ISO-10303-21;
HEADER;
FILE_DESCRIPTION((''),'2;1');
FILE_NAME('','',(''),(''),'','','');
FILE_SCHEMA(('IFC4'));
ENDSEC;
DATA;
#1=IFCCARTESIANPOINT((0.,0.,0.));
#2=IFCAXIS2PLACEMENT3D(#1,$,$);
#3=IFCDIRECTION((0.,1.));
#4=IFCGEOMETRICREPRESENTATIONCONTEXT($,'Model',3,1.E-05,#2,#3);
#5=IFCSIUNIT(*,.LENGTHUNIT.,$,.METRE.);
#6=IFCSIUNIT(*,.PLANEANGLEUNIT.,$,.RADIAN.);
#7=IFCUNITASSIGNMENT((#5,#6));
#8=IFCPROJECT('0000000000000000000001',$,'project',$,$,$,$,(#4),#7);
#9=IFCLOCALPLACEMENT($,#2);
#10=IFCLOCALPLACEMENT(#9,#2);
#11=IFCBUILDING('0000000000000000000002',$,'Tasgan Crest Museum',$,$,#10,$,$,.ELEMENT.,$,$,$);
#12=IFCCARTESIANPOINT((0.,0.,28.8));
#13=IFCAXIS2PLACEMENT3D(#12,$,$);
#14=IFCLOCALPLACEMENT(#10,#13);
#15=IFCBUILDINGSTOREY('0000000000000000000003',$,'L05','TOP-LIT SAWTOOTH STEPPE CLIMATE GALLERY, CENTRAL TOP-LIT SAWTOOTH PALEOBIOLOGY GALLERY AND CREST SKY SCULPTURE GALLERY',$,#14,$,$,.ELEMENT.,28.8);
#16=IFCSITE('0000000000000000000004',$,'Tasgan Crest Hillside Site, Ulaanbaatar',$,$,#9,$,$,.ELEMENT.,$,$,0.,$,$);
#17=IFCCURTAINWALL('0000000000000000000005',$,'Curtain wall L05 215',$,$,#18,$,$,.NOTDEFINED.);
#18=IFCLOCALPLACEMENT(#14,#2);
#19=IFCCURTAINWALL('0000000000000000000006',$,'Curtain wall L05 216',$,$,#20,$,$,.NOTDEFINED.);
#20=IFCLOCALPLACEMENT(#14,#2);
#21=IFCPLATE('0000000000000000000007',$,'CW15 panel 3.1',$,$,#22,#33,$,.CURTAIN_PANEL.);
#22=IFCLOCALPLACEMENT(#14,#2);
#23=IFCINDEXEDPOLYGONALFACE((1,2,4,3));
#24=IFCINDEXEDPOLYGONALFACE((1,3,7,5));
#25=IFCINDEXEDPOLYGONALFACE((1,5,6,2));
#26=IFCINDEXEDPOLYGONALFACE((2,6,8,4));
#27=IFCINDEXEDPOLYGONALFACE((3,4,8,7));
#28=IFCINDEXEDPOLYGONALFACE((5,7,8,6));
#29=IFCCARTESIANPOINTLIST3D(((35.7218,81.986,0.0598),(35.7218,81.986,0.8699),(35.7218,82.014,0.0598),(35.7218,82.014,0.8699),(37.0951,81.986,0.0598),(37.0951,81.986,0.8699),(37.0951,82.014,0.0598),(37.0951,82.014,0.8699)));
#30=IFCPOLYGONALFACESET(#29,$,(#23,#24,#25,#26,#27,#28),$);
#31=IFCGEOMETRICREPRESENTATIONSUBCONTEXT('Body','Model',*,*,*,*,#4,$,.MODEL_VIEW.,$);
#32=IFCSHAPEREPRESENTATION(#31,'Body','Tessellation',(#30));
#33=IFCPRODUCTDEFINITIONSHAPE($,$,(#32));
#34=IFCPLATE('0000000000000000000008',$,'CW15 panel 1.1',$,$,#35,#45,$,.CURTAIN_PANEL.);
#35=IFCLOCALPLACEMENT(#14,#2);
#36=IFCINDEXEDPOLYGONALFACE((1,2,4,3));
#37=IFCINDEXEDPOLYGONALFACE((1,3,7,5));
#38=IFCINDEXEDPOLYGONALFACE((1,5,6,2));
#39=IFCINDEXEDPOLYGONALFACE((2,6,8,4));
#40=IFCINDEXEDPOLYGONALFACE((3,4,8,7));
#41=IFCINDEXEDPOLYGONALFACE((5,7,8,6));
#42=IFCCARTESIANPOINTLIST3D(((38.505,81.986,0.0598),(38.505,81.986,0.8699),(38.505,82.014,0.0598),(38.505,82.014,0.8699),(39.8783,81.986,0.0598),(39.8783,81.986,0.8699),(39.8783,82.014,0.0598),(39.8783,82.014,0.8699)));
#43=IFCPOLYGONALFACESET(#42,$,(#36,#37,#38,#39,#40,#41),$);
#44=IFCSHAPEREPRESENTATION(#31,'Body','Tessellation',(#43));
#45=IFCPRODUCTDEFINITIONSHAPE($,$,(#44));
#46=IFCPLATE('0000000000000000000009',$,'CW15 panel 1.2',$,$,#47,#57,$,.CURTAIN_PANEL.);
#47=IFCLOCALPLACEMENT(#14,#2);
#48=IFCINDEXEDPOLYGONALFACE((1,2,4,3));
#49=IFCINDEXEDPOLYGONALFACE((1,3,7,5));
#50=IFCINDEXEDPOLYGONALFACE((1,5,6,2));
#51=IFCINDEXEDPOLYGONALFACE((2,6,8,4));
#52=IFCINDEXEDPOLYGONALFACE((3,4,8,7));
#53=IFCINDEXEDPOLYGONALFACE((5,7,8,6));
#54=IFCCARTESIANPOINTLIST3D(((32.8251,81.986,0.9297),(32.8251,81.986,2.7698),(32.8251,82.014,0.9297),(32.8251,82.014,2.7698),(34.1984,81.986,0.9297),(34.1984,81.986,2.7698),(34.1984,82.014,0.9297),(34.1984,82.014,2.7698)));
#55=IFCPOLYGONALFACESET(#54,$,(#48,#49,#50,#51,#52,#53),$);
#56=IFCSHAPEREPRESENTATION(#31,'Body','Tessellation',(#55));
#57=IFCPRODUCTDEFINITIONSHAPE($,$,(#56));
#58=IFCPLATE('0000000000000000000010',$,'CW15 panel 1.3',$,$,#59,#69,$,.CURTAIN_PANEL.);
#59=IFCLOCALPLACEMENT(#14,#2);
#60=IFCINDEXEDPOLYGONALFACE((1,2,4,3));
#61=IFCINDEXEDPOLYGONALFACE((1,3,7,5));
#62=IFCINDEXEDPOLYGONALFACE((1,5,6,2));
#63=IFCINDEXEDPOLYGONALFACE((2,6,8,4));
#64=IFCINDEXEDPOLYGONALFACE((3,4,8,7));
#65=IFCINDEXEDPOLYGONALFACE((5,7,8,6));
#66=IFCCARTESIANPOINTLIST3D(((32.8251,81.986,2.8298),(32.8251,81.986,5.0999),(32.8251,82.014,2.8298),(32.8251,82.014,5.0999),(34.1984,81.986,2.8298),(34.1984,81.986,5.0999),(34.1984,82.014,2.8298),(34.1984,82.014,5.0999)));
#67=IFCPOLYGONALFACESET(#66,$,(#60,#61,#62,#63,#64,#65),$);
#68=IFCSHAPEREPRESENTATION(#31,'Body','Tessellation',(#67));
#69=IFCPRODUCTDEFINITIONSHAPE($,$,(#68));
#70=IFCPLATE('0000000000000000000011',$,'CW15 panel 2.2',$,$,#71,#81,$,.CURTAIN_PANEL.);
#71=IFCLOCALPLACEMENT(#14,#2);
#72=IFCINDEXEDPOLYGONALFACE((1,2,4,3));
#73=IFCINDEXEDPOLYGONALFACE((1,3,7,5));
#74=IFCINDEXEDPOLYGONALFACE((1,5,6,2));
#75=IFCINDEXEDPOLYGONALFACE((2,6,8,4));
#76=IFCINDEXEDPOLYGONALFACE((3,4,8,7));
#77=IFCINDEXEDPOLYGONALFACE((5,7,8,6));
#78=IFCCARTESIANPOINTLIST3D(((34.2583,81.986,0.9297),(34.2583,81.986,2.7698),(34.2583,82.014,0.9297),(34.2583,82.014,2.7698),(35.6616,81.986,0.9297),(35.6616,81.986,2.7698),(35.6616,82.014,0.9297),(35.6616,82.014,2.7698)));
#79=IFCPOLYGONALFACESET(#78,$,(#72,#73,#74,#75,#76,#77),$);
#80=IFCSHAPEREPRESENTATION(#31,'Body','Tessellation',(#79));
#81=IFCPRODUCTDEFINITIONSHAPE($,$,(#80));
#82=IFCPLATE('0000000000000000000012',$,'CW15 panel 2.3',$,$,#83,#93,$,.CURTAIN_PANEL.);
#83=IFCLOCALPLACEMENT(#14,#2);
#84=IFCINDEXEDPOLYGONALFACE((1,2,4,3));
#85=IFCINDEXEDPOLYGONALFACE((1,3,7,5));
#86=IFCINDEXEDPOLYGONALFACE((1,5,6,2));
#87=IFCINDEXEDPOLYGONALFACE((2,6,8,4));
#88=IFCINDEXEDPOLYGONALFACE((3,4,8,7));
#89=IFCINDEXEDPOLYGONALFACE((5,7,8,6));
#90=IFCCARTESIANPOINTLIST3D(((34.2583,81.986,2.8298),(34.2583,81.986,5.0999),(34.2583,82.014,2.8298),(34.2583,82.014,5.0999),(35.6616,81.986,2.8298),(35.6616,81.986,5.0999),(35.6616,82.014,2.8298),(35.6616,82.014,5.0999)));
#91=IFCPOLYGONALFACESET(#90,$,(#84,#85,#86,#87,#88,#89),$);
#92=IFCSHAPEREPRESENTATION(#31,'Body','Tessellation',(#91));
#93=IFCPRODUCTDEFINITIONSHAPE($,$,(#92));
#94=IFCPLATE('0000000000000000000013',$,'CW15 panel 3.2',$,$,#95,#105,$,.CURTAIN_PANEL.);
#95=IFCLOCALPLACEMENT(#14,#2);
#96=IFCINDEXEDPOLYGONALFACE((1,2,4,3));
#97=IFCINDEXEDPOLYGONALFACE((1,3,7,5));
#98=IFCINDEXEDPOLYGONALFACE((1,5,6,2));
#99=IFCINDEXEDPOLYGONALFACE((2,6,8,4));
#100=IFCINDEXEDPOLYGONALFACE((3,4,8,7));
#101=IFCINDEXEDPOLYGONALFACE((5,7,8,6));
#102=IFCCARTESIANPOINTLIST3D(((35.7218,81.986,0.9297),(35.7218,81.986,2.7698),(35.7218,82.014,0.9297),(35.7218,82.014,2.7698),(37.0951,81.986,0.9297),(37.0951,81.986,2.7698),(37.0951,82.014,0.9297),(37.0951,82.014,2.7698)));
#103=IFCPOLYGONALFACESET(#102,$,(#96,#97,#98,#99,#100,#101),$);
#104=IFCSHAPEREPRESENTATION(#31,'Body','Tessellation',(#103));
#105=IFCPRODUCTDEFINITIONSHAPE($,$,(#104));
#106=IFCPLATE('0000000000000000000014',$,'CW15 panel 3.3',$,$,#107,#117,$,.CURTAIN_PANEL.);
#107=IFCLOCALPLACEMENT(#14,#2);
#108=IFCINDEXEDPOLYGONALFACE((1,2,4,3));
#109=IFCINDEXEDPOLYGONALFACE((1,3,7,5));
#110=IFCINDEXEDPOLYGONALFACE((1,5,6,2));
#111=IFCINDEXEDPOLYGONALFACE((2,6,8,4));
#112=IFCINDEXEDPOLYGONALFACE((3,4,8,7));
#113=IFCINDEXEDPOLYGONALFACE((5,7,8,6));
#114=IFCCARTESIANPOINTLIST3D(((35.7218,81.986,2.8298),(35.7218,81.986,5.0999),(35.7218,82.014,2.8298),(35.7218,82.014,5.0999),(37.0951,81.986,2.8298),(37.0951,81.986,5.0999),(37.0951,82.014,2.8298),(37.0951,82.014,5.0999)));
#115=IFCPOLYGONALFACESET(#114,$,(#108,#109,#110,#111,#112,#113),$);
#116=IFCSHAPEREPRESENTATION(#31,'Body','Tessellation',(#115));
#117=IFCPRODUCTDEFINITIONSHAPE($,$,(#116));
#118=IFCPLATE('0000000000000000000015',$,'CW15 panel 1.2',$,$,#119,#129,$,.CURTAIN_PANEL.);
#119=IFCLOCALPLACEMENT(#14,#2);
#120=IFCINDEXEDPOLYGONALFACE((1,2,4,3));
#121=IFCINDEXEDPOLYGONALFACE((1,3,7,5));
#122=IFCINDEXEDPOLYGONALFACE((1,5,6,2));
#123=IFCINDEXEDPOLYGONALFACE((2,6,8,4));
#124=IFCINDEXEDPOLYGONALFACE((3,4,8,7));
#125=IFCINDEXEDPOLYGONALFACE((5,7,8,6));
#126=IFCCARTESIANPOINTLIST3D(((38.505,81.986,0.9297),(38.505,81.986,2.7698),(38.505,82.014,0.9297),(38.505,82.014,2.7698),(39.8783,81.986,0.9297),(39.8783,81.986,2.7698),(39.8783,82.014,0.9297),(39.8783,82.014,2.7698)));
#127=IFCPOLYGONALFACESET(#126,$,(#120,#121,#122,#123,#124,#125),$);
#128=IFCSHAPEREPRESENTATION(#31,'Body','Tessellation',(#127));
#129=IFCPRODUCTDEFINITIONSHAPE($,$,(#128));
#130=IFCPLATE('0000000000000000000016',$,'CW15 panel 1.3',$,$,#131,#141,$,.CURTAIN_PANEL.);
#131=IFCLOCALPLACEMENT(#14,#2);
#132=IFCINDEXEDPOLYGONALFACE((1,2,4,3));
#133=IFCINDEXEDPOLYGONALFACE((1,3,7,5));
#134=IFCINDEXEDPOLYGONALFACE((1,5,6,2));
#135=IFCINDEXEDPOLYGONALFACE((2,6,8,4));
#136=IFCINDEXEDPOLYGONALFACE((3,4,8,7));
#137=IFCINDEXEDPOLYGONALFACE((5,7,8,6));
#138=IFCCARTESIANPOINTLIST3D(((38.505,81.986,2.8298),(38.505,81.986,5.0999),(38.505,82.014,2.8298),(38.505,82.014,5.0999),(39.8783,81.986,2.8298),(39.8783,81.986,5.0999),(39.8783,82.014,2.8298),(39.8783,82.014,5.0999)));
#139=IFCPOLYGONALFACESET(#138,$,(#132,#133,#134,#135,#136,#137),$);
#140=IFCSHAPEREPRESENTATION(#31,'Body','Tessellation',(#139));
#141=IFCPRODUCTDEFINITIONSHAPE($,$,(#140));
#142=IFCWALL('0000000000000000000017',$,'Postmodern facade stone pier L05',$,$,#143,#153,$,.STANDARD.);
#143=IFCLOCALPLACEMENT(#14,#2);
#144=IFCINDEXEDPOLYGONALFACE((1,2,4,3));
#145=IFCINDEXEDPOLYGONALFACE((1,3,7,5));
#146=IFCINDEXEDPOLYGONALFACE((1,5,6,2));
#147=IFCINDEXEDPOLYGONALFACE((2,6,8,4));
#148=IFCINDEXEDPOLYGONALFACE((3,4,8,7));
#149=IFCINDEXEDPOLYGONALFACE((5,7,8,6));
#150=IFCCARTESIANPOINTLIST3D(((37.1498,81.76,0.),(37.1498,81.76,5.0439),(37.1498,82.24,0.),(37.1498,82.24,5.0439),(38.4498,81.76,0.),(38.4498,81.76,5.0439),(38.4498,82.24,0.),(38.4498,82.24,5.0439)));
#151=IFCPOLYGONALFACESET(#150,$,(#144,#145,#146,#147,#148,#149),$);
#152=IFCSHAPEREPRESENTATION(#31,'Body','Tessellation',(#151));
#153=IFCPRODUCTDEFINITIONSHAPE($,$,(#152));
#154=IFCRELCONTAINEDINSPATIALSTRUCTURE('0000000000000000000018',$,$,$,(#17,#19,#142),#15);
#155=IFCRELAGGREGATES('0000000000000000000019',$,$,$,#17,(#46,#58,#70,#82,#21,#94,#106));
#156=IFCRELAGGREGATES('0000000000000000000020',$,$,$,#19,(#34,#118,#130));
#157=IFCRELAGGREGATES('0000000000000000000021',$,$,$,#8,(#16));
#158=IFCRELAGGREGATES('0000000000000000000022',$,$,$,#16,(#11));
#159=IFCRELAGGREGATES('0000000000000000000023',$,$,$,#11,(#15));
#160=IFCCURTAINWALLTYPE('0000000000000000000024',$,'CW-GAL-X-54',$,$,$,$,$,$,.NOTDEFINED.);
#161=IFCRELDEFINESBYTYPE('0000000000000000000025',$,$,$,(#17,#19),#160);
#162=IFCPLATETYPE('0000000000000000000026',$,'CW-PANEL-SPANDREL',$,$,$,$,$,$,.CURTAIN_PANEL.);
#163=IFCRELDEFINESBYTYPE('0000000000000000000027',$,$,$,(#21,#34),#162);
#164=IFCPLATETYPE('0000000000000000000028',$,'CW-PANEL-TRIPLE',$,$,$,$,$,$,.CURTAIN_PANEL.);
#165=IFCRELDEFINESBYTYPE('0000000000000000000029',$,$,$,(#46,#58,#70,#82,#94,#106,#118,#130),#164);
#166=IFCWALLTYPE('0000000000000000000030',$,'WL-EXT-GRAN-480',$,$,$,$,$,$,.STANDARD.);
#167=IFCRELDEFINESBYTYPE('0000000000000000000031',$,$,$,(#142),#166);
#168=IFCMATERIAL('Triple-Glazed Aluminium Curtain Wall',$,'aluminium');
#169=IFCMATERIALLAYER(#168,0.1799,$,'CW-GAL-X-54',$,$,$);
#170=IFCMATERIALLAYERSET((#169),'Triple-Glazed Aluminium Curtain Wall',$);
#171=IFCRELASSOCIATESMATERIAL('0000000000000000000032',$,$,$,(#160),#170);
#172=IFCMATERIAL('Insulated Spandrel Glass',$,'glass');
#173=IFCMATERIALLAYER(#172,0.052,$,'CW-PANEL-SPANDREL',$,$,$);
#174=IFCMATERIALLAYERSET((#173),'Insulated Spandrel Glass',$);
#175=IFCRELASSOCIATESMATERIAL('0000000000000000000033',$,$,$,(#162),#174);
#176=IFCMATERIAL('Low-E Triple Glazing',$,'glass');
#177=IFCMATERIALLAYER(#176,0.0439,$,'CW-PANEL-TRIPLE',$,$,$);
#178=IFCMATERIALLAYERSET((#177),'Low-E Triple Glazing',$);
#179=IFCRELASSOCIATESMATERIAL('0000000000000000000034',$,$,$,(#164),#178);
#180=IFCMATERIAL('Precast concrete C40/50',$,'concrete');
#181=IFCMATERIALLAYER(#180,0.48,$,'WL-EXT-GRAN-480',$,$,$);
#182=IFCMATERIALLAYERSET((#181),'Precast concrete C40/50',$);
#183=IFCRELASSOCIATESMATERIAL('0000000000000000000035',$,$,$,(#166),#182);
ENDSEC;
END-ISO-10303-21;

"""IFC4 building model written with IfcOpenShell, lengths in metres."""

from ifc_helpers import new_model, si_unit, direction, frame, frame_2d, origin, origin_2d, place, context, subcontext, project, spatial, rectangle, extrude, material, layer, layer_set, type_object, element, aggregate, save


model = new_model("IFC4")

# Units and contexts
model_context = context("Model", 3, precision=1e-05, world=origin(), true_north=direction((0.0, 1.0)))
body_context = subcontext(model_context, "Body", "Model", "MODEL_VIEW")
ifc_project = project(units=[si_unit("LENGTHUNIT", "METRE"), si_unit("PLANEANGLEUNIT", "RADIAN")], contexts=[model_context])

# Site, building, storey
site_placement = place(None, origin())
site = spatial("IfcSite", under=ifc_project, at=site_placement, Name="Tasgan Crest Hillside Site, Ulaanbaatar", CompositionType="ELEMENT", RefElevation=0.0)
building_placement = place(site_placement, origin())
building = spatial("IfcBuilding", under=site, at=building_placement, Name="Tasgan Crest Museum", CompositionType="ELEMENT")
storey_placement = place(building_placement, frame((0.0, 0.0, 28.8)))
storey = spatial("IfcBuildingStorey", under=building, at=storey_placement, Name="L05", Description="TOP-LIT SAWTOOTH STEPPE CLIMATE GALLERY, CENTRAL TOP-LIT SAWTOOTH PALEOBIOLOGY GALLERY AND CREST SKY SCULPTURE GALLERY", CompositionType="ELEMENT", Elevation=28.8)

# Curtain walls
ifc_material_1 = material(Name="Triple-Glazed Aluminium Curtain Wall", Category="aluminium")
ifc_layer_1 = layer(ifc_material_1, 0.1799, Name="CW-GAL-X-54")
ifc_layer_set_1 = layer_set([ifc_layer_1], Name="Triple-Glazed Aluminium Curtain Wall")
curtain_wall_type = type_object("IfcCurtainWallType", Name="CW-GAL-X-54", PredefinedType="NOTDEFINED", material=ifc_layer_set_1)
curtain_wall_1_placement = place(storey_placement, origin())
curtain_wall_1 = element("IfcCurtainWall", 1, at=curtain_wall_1_placement, inside=storey, type_object=curtain_wall_type, Name="Curtain wall L05 215", PredefinedType="NOTDEFINED")
curtain_wall_2_placement = place(storey_placement, origin())
curtain_wall_2 = element("IfcCurtainWall", 2, at=curtain_wall_2_placement, inside=storey, type_object=curtain_wall_type, Name="Curtain wall L05 216", PredefinedType="NOTDEFINED")

# Plates
ifc_material_2 = material(Name="Insulated Spandrel Glass", Category="glass")
ifc_layer_2 = layer(ifc_material_2, 0.052, Name="CW-PANEL-SPANDREL")
ifc_layer_set_2 = layer_set([ifc_layer_2], Name="Insulated Spandrel Glass")
plate_type_1 = type_object("IfcPlateType", Name="CW-PANEL-SPANDREL", PredefinedType="CURTAIN_PANEL", material=ifc_layer_set_2)
plate_1_placement = place(storey_placement, frame((36.4084, 82.0, 0.0598), z_axis=(0.0, 0.0, 1.0), x_axis=(1.0, 0.0, 0.0)))
plate_1 = element("IfcPlate", 3, at=plate_1_placement, type_object=plate_type_1, Name="CW15 panel 3.1", PredefinedType="CURTAIN_PANEL", context=body_context, shape_type="SweptSolid", body=[
    extrude(rectangle(XDim=1.3733, YDim=0.0281, at=origin_2d()), origin(), (0.0, 0.0, 1.0), 0.8101),
])
plate_2_placement = place(storey_placement, frame((39.1917, 82.0, 0.0598), z_axis=(0.0, 0.0, 1.0), x_axis=(1.0, 0.0, 0.0)))
plate_2 = element("IfcPlate", 4, at=plate_2_placement, type_object=plate_type_1, Name="CW15 panel 1.1", PredefinedType="CURTAIN_PANEL", context=body_context, shape_type="SweptSolid", body=[
    extrude(rectangle(XDim=1.3733, YDim=0.0281, at=origin_2d()), origin(), (0.0, 0.0, 1.0), 0.8101),
])
ifc_material_3 = material(Name="Low-E Triple Glazing", Category="glass")
ifc_layer_3 = layer(ifc_material_3, 0.0439, Name="CW-PANEL-TRIPLE")
ifc_layer_set_3 = layer_set([ifc_layer_3], Name="Low-E Triple Glazing")
plate_type_2 = type_object("IfcPlateType", Name="CW-PANEL-TRIPLE", PredefinedType="CURTAIN_PANEL", material=ifc_layer_set_3)
plate_3_placement = place(storey_placement, frame((33.5117, 82.0, 0.9297), z_axis=(0.0, 0.0, 1.0), x_axis=(1.0, 0.0, 0.0)))
plate_3 = element("IfcPlate", 5, at=plate_3_placement, type_object=plate_type_2, Name="CW15 panel 1.2", PredefinedType="CURTAIN_PANEL", context=body_context, shape_type="SweptSolid", body=[
    extrude(rectangle(XDim=1.3733, YDim=0.0281, at=origin_2d()), origin(), (0.0, 0.0, 1.0), 1.8401),
])
plate_4_placement = place(storey_placement, frame((33.5117, 82.0, 2.8298), z_axis=(0.0, 0.0, 1.0), x_axis=(1.0, 0.0, 0.0)))
plate_4 = element("IfcPlate", 6, at=plate_4_placement, type_object=plate_type_2, Name="CW15 panel 1.3", PredefinedType="CURTAIN_PANEL", context=body_context, shape_type="SweptSolid", body=[
    extrude(rectangle(XDim=1.3733, YDim=0.0281, at=origin_2d()), origin(), (0.0, 0.0, 1.0), 2.27),
])
plate_5_placement = place(storey_placement, frame((34.96, 82.0, 0.9297), z_axis=(0.0, 0.0, 1.0), x_axis=(1.0, 0.0, 0.0)))
plate_5 = element("IfcPlate", 7, at=plate_5_placement, type_object=plate_type_2, Name="CW15 panel 2.2", PredefinedType="CURTAIN_PANEL", context=body_context, shape_type="SweptSolid", body=[
    extrude(rectangle(XDim=1.4033, YDim=0.0281, at=origin_2d()), origin(), (0.0, 0.0, 1.0), 1.8401),
])
plate_6_placement = place(storey_placement, frame((34.96, 82.0, 2.8298), z_axis=(0.0, 0.0, 1.0), x_axis=(1.0, 0.0, 0.0)))
plate_6 = element("IfcPlate", 8, at=plate_6_placement, type_object=plate_type_2, Name="CW15 panel 2.3", PredefinedType="CURTAIN_PANEL", context=body_context, shape_type="SweptSolid", body=[
    extrude(rectangle(XDim=1.4033, YDim=0.0281, at=origin_2d()), origin(), (0.0, 0.0, 1.0), 2.27),
])
plate_7_placement = place(storey_placement, frame((36.4084, 82.0, 0.9297), z_axis=(0.0, 0.0, 1.0), x_axis=(1.0, 0.0, 0.0)))
plate_7 = element("IfcPlate", 9, at=plate_7_placement, type_object=plate_type_2, Name="CW15 panel 3.2", PredefinedType="CURTAIN_PANEL", context=body_context, shape_type="SweptSolid", body=[
    extrude(rectangle(XDim=1.3733, YDim=0.0281, at=origin_2d()), origin(), (0.0, 0.0, 1.0), 1.8401),
])
plate_8_placement = place(storey_placement, frame((36.4084, 82.0, 2.8298), z_axis=(0.0, 0.0, 1.0), x_axis=(1.0, 0.0, 0.0)))
plate_8 = element("IfcPlate", 10, at=plate_8_placement, type_object=plate_type_2, Name="CW15 panel 3.3", PredefinedType="CURTAIN_PANEL", context=body_context, shape_type="SweptSolid", body=[
    extrude(rectangle(XDim=1.3733, YDim=0.0281, at=origin_2d()), origin(), (0.0, 0.0, 1.0), 2.27),
])
aggregate(curtain_wall_1, [plate_3, plate_4, plate_5, plate_6, plate_1, plate_7, plate_8])
plate_9_placement = place(storey_placement, frame((39.1917, 82.0, 0.9297), z_axis=(0.0, 0.0, 1.0), x_axis=(1.0, 0.0, 0.0)))
plate_9 = element("IfcPlate", 11, at=plate_9_placement, type_object=plate_type_2, Name="CW15 panel 1.2", PredefinedType="CURTAIN_PANEL", context=body_context, shape_type="SweptSolid", body=[
    extrude(rectangle(XDim=1.3733, YDim=0.0281, at=origin_2d()), origin(), (0.0, 0.0, 1.0), 1.8401),
])
plate_10_placement = place(storey_placement, frame((39.1917, 82.0, 2.8298), z_axis=(0.0, 0.0, 1.0), x_axis=(1.0, 0.0, 0.0)))
plate_10 = element("IfcPlate", 12, at=plate_10_placement, type_object=plate_type_2, Name="CW15 panel 1.3", PredefinedType="CURTAIN_PANEL", context=body_context, shape_type="SweptSolid", body=[
    extrude(rectangle(XDim=1.3733, YDim=0.0281, at=origin_2d()), origin(), (0.0, 0.0, 1.0), 2.27),
])
aggregate(curtain_wall_2, [plate_2, plate_9, plate_10])

# Wall
ifc_material_4 = material(Name="Precast concrete C40/50", Category="concrete")
ifc_layer_4 = layer(ifc_material_4, 0.48, Name="WL-EXT-GRAN-480")
ifc_layer_set_4 = layer_set([ifc_layer_4], Name="Precast concrete C40/50")
wall_type = type_object("IfcWallType", Name="WL-EXT-GRAN-480", PredefinedType="STANDARD", material=ifc_layer_set_4)
wall_placement = place(storey_placement, frame((37.1499, 82.0, 0.0), z_axis=(0.0, 0.0, 1.0), x_axis=(1.0, 0.0, 0.0)))
element("IfcWall", 13, at=wall_placement, inside=storey, type_object=wall_type, Name="Postmodern facade stone pier L05", PredefinedType="STANDARD", context=body_context, shape_type="SweptSolid", body=[
    extrude(rectangle(XDim=1.3, YDim=0.48, at=frame_2d((0.6499, 0.0))), origin(), (0.0, 0.0, 1.0), 5.0439),
])

save(model, "model.ifc")
